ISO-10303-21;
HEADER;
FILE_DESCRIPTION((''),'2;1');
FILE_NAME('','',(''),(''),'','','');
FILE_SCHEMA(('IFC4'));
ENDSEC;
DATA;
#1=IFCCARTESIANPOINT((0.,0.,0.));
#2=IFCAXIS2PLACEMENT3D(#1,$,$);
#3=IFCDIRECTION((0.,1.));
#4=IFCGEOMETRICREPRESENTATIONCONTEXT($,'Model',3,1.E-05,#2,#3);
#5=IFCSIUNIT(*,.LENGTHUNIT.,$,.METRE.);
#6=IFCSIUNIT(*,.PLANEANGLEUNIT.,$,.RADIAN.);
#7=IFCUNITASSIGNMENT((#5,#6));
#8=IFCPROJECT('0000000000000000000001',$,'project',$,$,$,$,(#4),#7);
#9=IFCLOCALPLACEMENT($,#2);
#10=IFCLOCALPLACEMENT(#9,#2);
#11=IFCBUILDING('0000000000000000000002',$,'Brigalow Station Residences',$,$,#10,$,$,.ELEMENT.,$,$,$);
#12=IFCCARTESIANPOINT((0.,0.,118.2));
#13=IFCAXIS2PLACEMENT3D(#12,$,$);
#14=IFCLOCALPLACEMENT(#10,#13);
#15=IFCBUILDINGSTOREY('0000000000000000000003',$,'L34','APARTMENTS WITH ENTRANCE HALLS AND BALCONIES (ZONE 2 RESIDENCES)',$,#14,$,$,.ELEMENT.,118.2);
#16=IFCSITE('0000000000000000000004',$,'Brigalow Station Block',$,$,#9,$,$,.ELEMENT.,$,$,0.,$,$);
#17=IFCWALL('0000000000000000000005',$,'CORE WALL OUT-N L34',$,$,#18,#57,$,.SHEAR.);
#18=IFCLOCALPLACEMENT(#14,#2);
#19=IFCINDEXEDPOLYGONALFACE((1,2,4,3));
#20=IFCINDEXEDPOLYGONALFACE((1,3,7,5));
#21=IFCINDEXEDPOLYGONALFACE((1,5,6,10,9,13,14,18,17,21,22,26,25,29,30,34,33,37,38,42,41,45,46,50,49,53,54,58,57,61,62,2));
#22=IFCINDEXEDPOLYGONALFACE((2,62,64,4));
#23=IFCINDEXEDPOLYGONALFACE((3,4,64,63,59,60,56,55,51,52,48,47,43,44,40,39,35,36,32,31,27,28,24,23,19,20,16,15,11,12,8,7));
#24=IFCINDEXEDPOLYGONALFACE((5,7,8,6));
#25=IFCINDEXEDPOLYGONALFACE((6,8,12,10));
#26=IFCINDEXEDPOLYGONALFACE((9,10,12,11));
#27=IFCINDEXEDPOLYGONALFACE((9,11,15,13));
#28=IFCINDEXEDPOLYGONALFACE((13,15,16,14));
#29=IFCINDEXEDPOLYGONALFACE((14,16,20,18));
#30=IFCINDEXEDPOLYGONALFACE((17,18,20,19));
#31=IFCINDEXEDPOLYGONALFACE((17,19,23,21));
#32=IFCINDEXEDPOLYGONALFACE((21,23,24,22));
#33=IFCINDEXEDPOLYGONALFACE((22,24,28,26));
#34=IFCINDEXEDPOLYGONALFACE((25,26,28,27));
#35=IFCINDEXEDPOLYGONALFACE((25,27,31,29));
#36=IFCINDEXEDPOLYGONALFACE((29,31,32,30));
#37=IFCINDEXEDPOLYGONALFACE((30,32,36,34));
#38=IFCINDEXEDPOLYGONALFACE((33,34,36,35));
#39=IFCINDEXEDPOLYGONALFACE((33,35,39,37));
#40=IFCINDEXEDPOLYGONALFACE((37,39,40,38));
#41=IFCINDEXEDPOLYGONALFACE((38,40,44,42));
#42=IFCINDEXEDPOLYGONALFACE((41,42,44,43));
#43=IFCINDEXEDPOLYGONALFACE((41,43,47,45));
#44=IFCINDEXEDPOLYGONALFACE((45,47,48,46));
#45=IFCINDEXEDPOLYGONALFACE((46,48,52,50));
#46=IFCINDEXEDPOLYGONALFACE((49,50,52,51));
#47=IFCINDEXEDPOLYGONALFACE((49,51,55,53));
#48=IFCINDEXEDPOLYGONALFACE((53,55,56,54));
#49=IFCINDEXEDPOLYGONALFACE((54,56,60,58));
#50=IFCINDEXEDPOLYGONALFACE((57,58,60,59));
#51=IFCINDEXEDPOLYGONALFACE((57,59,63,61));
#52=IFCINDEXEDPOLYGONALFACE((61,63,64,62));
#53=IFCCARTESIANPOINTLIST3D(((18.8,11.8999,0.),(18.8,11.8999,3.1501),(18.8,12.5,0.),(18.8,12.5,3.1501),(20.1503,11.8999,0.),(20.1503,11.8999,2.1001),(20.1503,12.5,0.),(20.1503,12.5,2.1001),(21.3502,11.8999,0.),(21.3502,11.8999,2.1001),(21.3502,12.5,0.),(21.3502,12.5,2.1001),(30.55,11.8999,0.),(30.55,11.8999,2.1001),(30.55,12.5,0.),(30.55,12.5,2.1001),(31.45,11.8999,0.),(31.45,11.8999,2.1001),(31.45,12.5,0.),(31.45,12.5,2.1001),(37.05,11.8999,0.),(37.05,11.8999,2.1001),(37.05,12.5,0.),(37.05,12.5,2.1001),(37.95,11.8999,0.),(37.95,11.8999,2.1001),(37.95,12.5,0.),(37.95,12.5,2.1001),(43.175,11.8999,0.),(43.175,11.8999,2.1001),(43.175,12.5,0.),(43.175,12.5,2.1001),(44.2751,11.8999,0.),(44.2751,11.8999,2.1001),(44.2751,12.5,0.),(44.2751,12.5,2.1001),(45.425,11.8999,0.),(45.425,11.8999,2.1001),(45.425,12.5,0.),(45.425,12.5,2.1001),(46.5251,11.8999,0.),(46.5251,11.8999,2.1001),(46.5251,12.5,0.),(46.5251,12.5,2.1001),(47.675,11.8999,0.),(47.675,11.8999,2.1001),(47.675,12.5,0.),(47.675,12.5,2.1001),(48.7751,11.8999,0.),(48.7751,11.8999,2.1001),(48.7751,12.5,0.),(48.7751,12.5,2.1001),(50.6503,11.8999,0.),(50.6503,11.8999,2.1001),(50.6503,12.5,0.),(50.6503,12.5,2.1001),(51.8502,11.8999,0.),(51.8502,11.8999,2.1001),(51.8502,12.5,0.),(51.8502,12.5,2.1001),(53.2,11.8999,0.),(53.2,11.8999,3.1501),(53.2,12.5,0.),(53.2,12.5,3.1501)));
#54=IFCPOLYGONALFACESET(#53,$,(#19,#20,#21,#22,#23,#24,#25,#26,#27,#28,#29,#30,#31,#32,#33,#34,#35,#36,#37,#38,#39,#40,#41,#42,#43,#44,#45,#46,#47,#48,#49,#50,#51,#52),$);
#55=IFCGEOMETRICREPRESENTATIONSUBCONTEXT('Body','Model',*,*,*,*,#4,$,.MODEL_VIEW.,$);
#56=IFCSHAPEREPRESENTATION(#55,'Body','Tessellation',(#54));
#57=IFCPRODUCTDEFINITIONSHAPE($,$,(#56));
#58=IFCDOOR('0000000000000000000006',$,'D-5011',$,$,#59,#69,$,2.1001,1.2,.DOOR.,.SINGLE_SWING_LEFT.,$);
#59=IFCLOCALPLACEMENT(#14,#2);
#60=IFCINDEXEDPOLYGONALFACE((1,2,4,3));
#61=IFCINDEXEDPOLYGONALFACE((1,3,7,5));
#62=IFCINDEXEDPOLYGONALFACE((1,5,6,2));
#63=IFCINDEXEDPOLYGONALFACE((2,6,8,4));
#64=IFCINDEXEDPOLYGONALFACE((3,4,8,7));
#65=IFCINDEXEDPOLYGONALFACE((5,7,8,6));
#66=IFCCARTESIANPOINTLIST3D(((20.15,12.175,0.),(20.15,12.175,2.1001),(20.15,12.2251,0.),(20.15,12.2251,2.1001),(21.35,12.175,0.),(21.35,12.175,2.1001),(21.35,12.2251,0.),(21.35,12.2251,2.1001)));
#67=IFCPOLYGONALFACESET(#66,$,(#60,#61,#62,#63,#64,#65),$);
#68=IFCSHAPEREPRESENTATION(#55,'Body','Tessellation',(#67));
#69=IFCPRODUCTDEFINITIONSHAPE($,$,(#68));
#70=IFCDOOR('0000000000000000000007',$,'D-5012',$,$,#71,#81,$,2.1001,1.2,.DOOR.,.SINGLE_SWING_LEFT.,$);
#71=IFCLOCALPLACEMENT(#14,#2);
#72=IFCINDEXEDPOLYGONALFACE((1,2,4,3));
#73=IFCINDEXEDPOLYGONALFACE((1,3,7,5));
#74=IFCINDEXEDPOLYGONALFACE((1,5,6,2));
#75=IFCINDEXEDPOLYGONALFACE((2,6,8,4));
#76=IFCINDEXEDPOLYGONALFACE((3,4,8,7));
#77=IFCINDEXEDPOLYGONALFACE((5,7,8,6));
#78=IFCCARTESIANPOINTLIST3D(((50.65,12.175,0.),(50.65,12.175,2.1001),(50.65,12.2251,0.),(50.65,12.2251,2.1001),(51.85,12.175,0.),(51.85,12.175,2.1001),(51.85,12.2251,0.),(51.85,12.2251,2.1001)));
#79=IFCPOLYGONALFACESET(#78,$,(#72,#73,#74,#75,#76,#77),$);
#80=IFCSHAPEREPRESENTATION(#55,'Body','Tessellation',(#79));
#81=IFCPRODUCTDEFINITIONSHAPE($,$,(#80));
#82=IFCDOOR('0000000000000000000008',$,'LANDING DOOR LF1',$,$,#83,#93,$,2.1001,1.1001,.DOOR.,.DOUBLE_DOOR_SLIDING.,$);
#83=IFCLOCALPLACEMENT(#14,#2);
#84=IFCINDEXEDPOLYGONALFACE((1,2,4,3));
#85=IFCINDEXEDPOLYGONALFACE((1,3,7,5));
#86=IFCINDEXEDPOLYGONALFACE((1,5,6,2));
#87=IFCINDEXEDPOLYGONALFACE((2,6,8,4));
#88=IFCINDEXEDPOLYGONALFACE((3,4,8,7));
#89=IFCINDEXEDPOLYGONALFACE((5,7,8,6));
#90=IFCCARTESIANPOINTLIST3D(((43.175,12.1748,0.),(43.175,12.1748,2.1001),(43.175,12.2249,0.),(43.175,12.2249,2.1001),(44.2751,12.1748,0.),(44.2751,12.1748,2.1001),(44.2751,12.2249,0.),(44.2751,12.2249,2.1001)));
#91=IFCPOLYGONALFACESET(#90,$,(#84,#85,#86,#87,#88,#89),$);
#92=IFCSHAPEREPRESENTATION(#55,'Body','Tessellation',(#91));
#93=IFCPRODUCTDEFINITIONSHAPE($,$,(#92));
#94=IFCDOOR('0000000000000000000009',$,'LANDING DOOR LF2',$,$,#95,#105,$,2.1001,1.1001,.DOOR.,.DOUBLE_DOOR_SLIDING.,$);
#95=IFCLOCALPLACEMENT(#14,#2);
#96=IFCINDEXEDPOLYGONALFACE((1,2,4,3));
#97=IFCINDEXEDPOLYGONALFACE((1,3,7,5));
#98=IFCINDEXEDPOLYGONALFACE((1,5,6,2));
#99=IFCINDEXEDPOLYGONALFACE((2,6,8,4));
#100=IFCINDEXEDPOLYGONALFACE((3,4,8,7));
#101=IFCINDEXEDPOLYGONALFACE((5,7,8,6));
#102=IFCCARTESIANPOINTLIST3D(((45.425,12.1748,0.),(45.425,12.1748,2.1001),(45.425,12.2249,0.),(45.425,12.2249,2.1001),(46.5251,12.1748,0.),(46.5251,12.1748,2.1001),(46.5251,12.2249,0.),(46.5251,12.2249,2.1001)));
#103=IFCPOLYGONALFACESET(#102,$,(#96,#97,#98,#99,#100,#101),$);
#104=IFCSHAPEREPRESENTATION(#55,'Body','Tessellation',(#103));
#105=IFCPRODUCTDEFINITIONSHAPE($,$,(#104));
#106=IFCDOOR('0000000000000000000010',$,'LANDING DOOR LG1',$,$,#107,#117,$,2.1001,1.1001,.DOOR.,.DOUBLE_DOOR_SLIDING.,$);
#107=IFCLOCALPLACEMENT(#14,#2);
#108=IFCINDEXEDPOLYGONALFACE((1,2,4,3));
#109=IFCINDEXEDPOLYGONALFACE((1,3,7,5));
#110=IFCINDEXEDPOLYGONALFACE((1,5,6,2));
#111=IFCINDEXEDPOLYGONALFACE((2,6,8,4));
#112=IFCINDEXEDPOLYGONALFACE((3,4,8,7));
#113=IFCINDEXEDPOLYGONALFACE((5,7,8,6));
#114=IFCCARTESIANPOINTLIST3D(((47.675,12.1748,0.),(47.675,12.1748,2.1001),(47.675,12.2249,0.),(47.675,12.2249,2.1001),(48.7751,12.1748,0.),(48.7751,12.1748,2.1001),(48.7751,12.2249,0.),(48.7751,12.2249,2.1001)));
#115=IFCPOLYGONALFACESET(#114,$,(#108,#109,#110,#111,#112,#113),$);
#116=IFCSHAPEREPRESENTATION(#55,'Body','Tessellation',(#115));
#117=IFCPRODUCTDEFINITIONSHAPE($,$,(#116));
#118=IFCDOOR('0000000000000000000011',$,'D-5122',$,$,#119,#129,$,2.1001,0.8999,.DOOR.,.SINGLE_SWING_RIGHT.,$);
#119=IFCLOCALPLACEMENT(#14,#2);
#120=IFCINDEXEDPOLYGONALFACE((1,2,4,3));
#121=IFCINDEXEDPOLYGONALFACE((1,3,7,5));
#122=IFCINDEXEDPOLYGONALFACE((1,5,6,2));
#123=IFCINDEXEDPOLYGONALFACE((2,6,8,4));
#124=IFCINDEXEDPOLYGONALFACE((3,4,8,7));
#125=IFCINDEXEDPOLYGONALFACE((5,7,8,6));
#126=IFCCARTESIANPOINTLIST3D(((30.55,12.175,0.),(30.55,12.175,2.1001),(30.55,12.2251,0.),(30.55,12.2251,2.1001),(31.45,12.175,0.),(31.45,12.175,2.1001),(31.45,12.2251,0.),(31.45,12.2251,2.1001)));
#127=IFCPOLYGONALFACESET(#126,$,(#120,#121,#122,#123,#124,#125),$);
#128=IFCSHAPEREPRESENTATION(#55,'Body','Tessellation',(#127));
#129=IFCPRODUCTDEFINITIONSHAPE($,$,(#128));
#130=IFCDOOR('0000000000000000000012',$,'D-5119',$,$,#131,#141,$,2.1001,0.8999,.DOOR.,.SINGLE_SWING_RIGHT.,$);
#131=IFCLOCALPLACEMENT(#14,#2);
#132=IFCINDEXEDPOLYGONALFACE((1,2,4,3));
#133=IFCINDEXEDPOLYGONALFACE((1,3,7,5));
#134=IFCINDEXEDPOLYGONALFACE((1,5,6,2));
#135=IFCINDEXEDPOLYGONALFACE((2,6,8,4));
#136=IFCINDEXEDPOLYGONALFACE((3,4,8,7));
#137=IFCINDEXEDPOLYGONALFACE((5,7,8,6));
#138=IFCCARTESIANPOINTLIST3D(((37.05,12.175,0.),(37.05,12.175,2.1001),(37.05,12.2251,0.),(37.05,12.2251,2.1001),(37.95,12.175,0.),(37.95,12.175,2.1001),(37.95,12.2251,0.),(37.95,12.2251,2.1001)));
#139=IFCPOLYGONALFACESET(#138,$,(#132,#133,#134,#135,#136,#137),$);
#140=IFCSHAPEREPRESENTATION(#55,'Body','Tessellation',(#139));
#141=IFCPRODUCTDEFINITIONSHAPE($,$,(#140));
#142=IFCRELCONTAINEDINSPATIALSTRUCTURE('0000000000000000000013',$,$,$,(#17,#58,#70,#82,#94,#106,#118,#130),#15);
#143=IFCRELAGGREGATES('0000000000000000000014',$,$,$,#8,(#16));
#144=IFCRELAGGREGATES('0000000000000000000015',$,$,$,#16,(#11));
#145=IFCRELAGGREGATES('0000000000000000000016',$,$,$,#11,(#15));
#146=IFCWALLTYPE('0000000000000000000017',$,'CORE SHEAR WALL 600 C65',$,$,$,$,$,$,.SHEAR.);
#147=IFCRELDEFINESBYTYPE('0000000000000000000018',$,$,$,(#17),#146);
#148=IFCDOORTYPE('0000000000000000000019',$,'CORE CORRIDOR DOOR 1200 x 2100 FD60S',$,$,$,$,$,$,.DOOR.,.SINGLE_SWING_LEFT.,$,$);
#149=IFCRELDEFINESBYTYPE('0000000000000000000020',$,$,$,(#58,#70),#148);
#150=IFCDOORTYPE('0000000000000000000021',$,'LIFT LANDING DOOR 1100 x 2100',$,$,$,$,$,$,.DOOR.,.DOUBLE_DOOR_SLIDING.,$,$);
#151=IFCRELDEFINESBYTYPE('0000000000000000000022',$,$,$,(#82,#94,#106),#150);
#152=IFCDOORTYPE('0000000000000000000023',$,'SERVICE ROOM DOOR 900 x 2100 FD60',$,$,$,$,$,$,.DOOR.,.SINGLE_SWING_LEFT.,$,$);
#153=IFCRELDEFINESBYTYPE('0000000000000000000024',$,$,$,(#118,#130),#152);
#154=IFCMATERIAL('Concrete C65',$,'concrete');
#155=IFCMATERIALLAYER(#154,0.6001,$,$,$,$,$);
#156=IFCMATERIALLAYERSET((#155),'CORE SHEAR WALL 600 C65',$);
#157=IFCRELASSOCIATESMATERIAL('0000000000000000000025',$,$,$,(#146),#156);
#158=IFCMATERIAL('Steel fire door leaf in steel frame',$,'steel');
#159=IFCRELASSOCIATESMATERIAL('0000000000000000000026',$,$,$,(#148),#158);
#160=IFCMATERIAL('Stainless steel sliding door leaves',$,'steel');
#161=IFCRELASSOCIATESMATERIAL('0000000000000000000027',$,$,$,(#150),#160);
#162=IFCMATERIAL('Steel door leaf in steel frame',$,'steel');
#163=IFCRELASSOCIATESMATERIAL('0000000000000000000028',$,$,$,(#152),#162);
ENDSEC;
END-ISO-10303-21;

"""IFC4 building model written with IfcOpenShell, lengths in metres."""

from ifc_helpers import new_model, si_unit, direction, frame, frame_2d, origin, place, context, subcontext, project, spatial, rectangle, extrude, material, layer, layer_set, type_object, element, fill, save


model = new_model("IFC4")

# Units and contexts
model_context = context("Model", 3, precision=1e-05, world=origin(), true_north=direction((0.0, 1.0)))
body_context = subcontext(model_context, "Body", "Model", "MODEL_VIEW")
ifc_project = project(units=[si_unit("LENGTHUNIT", "METRE"), si_unit("PLANEANGLEUNIT", "RADIAN")], contexts=[model_context])

# Site, building, storey
site_placement = place(None, origin())
site = spatial("IfcSite", under=ifc_project, at=site_placement, Name="Brigalow Station Block", CompositionType="ELEMENT", RefElevation=0.0)
building_placement = place(site_placement, origin())
building = spatial("IfcBuilding", under=site, at=building_placement, Name="Brigalow Station Residences", CompositionType="ELEMENT")
storey_placement = place(building_placement, frame((0.0, 0.0, 118.2)))
storey = spatial("IfcBuildingStorey", under=building, at=storey_placement, Name="L34", Description="APARTMENTS WITH ENTRANCE HALLS AND BALCONIES (ZONE 2 RESIDENCES)", CompositionType="ELEMENT", Elevation=118.2)

# Wall, openings, doors
ifc_material_1 = material(Name="Concrete C65", Category="concrete")
ifc_layer_1 = layer(ifc_material_1, 0.6001)
ifc_layer_set_1 = layer_set([ifc_layer_1], Name="CORE SHEAR WALL 600 C65")
wall_type_1 = type_object("IfcWallType", Name="CORE SHEAR WALL 600 C65", PredefinedType="SHEAR", material=ifc_layer_set_1)
wall_1_placement = place(storey_placement, frame((18.8, 12.2, 0.0), z_axis=(0.0, 0.0, 1.0), x_axis=(1.0, 0.0, 0.0)))
wall_1 = element("IfcWall", 1, at=wall_1_placement, inside=storey, type_object=wall_type_1, Name="CORE WALL OUT-N L34", PredefinedType="SHEAR", context=body_context, shape_type="SweptSolid", body=[
    extrude(rectangle(XDim=34.3999, YDim=0.6001, at=frame_2d((17.2, 0.0))), origin(), (0.0, 0.0, 1.0), 3.1501),
])
opening_1_placement = place(wall_1_placement, frame((24.375, 0.0, 0.0)))
opening_1 = element("IfcOpeningElement", 2, at=opening_1_placement, cuts=wall_1, PredefinedType="OPENING", context=body_context, shape_type="SweptSolid", body=[
    extrude(rectangle(XDim=1.1001, YDim=2.1001, at=frame_2d((0.55, 1.05))), frame((0.0, 0.3101, 0.0), z_axis=(0.0, -1.0, 0.0), x_axis=(1.0, 0.0, 0.0)), (0.0, 0.0, 1.0), 0.6201),
])
opening_2_placement = place(wall_1_placement, frame((26.625, 0.0, 0.0)))
opening_2 = element("IfcOpeningElement", 3, at=opening_2_placement, cuts=wall_1, PredefinedType="OPENING", context=body_context, shape_type="SweptSolid", body=[
    extrude(rectangle(XDim=1.1001, YDim=2.1001, at=frame_2d((0.55, 1.05))), frame((0.0, 0.3101, 0.0), z_axis=(0.0, -1.0, 0.0), x_axis=(1.0, 0.0, 0.0)), (0.0, 0.0, 1.0), 0.6201),
])
opening_3_placement = place(wall_1_placement, frame((28.875, 0.0, 0.0)))
opening_3 = element("IfcOpeningElement", 4, at=opening_3_placement, cuts=wall_1, PredefinedType="OPENING", context=body_context, shape_type="SweptSolid", body=[
    extrude(rectangle(XDim=1.1001, YDim=2.1001, at=frame_2d((0.55, 1.05))), frame((0.0, 0.3101, 0.0), z_axis=(0.0, -1.0, 0.0), x_axis=(1.0, 0.0, 0.0)), (0.0, 0.0, 1.0), 0.6201),
])
opening_4_placement = place(wall_1_placement, frame((11.75, 0.0, 0.0)))
opening_4 = element("IfcOpeningElement", 5, at=opening_4_placement, cuts=wall_1, PredefinedType="OPENING", context=body_context, shape_type="SweptSolid", body=[
    extrude(rectangle(XDim=0.8999, YDim=2.1001, at=frame_2d((0.45, 1.05))), frame((0.0, 0.3101, 0.0), z_axis=(0.0, -1.0, 0.0), x_axis=(1.0, 0.0, 0.0)), (0.0, 0.0, 1.0), 0.6201),
])
opening_5_placement = place(wall_1_placement, frame((18.25, 0.0, 0.0)))
opening_5 = element("IfcOpeningElement", 6, at=opening_5_placement, cuts=wall_1, PredefinedType="OPENING", context=body_context, shape_type="SweptSolid", body=[
    extrude(rectangle(XDim=0.8999, YDim=2.1001, at=frame_2d((0.45, 1.05))), frame((0.0, 0.3101, 0.0), z_axis=(0.0, -1.0, 0.0), x_axis=(1.0, 0.0, 0.0)), (0.0, 0.0, 1.0), 0.6201),
])
opening_6_placement = place(wall_1_placement, frame((1.3501, 0.0, 0.0)))
opening_6 = element("IfcOpeningElement", 7, at=opening_6_placement, cuts=wall_1, PredefinedType="OPENING", context=body_context, shape_type="SweptSolid", body=[
    extrude(rectangle(XDim=1.2, YDim=2.1001, at=frame_2d((0.6001, 1.05))), frame((0.0, 0.3101, 0.0), z_axis=(0.0, -1.0, 0.0), x_axis=(1.0, 0.0, 0.0)), (0.0, 0.0, 1.0), 0.6201),
])
opening_7_placement = place(wall_1_placement, frame((31.8501, 0.0, 0.0)))
opening_7 = element("IfcOpeningElement", 8, at=opening_7_placement, cuts=wall_1, PredefinedType="OPENING", context=body_context, shape_type="SweptSolid", body=[
    extrude(rectangle(XDim=1.2, YDim=2.1001, at=frame_2d((0.6001, 1.05))), frame((0.0, 0.3101, 0.0), z_axis=(0.0, -1.0, 0.0), x_axis=(1.0, 0.0, 0.0)), (0.0, 0.0, 1.0), 0.6201),
])
ifc_material_2 = material(Name="Steel fire door leaf in steel frame", Category="steel")
door_type_1 = type_object("IfcDoorType", Name="CORE CORRIDOR DOOR 1200 x 2100 FD60S", OperationType="SINGLE_SWING_LEFT", PredefinedType="DOOR", material=ifc_material_2)
door_1_placement = place(opening_6_placement, frame((1.2, 0.0, 0.0), z_axis=(0.0, 0.0, 1.0), x_axis=(-1.0, 0.0, 0.0)))
door_1 = element("IfcDoor", 9, at=door_1_placement, inside=storey, type_object=door_type_1, Name="D-5011", OperationType="SINGLE_SWING_LEFT", OverallHeight=2.1001, OverallWidth=1.2, PredefinedType="DOOR", context=body_context, shape_type="SweptSolid", body=[
    extrude(rectangle(XDim=1.2, YDim=2.1001, at=frame_2d((0.6001, 1.05))), frame((0.0, 0.0249, 0.0), z_axis=(0.0, -1.0, 0.0), x_axis=(1.0, 0.0, 0.0)), (0.0, 0.0, 1.0), 0.05),
])
fill(opening_6, door_1)
door_2_placement = place(opening_7_placement, frame((1.2, 0.0, 0.0), z_axis=(0.0, 0.0, 1.0), x_axis=(-1.0, 0.0, 0.0)))
door_2 = element("IfcDoor", 10, at=door_2_placement, inside=storey, type_object=door_type_1, Name="D-5012", OperationType="SINGLE_SWING_LEFT", OverallHeight=2.1001, OverallWidth=1.2, PredefinedType="DOOR", context=body_context, shape_type="SweptSolid", body=[
    extrude(rectangle(XDim=1.2, YDim=2.1001, at=frame_2d((0.6001, 1.05))), frame((0.0, 0.0249, 0.0), z_axis=(0.0, -1.0, 0.0), x_axis=(1.0, 0.0, 0.0)), (0.0, 0.0, 1.0), 0.05),
])
fill(opening_7, door_2)
ifc_material_3 = material(Name="Stainless steel sliding door leaves", Category="steel")
door_type_2 = type_object("IfcDoorType", Name="LIFT LANDING DOOR 1100 x 2100", OperationType="DOUBLE_DOOR_SLIDING", PredefinedType="DOOR", material=ifc_material_3)
door_3_placement = place(opening_1_placement, origin())
door_3 = element("IfcDoor", 11, at=door_3_placement, inside=storey, type_object=door_type_2, Name="LANDING DOOR LF1", OperationType="DOUBLE_DOOR_SLIDING", OverallHeight=2.1001, OverallWidth=1.1001, PredefinedType="DOOR", context=body_context, shape_type="SweptSolid", body=[
    extrude(rectangle(XDim=1.1001, YDim=2.1001, at=frame_2d((0.55, 1.05))), frame((0.0, 0.0249, 0.0), z_axis=(0.0, -1.0, 0.0), x_axis=(1.0, 0.0, 0.0)), (0.0, 0.0, 1.0), 0.05),
])
fill(opening_1, door_3)
door_4_placement = place(opening_2_placement, origin())
door_4 = element("IfcDoor", 12, at=door_4_placement, inside=storey, type_object=door_type_2, Name="LANDING DOOR LF2", OperationType="DOUBLE_DOOR_SLIDING", OverallHeight=2.1001, OverallWidth=1.1001, PredefinedType="DOOR", context=body_context, shape_type="SweptSolid", body=[
    extrude(rectangle(XDim=1.1001, YDim=2.1001, at=frame_2d((0.55, 1.05))), frame((0.0, 0.0249, 0.0), z_axis=(0.0, -1.0, 0.0), x_axis=(1.0, 0.0, 0.0)), (0.0, 0.0, 1.0), 0.05),
])
fill(opening_2, door_4)
door_5_placement = place(opening_3_placement, origin())
door_5 = element("IfcDoor", 13, at=door_5_placement, inside=storey, type_object=door_type_2, Name="LANDING DOOR LG1", OperationType="DOUBLE_DOOR_SLIDING", OverallHeight=2.1001, OverallWidth=1.1001, PredefinedType="DOOR", context=body_context, shape_type="SweptSolid", body=[
    extrude(rectangle(XDim=1.1001, YDim=2.1001, at=frame_2d((0.55, 1.05))), frame((0.0, 0.0249, 0.0), z_axis=(0.0, -1.0, 0.0), x_axis=(1.0, 0.0, 0.0)), (0.0, 0.0, 1.0), 0.05),
])
fill(opening_3, door_5)
ifc_material_4 = material(Name="Steel door leaf in steel frame", Category="steel")
door_type_3 = type_object("IfcDoorType", Name="SERVICE ROOM DOOR 900 x 2100 FD60", OperationType="SINGLE_SWING_LEFT", PredefinedType="DOOR", material=ifc_material_4)
door_6_placement = place(opening_4_placement, frame((0.8999, 0.0, 0.0), z_axis=(0.0, 0.0, 1.0), x_axis=(-1.0, 0.0, 0.0)))
door_6 = element("IfcDoor", 14, at=door_6_placement, inside=storey, type_object=door_type_3, Name="D-5122", OperationType="SINGLE_SWING_RIGHT", OverallHeight=2.1001, OverallWidth=0.8999, PredefinedType="DOOR", context=body_context, shape_type="SweptSolid", body=[
    extrude(rectangle(XDim=0.8999, YDim=2.1001, at=frame_2d((0.45, 1.05))), frame((0.0, 0.0249, 0.0), z_axis=(0.0, -1.0, 0.0), x_axis=(1.0, 0.0, 0.0)), (0.0, 0.0, 1.0), 0.05),
])
fill(opening_4, door_6)
door_7_placement = place(opening_5_placement, frame((0.8999, 0.0, 0.0), z_axis=(0.0, 0.0, 1.0), x_axis=(-1.0, 0.0, 0.0)))
door_7 = element("IfcDoor", 15, at=door_7_placement, inside=storey, type_object=door_type_3, Name="D-5119", OperationType="SINGLE_SWING_RIGHT", OverallHeight=2.1001, OverallWidth=0.8999, PredefinedType="DOOR", context=body_context, shape_type="SweptSolid", body=[
    extrude(rectangle(XDim=0.8999, YDim=2.1001, at=frame_2d((0.45, 1.05))), frame((0.0, 0.0249, 0.0), z_axis=(0.0, -1.0, 0.0), x_axis=(1.0, 0.0, 0.0)), (0.0, 0.0, 1.0), 0.05),
])
fill(opening_5, door_7)

save(model, "model.ifc")
